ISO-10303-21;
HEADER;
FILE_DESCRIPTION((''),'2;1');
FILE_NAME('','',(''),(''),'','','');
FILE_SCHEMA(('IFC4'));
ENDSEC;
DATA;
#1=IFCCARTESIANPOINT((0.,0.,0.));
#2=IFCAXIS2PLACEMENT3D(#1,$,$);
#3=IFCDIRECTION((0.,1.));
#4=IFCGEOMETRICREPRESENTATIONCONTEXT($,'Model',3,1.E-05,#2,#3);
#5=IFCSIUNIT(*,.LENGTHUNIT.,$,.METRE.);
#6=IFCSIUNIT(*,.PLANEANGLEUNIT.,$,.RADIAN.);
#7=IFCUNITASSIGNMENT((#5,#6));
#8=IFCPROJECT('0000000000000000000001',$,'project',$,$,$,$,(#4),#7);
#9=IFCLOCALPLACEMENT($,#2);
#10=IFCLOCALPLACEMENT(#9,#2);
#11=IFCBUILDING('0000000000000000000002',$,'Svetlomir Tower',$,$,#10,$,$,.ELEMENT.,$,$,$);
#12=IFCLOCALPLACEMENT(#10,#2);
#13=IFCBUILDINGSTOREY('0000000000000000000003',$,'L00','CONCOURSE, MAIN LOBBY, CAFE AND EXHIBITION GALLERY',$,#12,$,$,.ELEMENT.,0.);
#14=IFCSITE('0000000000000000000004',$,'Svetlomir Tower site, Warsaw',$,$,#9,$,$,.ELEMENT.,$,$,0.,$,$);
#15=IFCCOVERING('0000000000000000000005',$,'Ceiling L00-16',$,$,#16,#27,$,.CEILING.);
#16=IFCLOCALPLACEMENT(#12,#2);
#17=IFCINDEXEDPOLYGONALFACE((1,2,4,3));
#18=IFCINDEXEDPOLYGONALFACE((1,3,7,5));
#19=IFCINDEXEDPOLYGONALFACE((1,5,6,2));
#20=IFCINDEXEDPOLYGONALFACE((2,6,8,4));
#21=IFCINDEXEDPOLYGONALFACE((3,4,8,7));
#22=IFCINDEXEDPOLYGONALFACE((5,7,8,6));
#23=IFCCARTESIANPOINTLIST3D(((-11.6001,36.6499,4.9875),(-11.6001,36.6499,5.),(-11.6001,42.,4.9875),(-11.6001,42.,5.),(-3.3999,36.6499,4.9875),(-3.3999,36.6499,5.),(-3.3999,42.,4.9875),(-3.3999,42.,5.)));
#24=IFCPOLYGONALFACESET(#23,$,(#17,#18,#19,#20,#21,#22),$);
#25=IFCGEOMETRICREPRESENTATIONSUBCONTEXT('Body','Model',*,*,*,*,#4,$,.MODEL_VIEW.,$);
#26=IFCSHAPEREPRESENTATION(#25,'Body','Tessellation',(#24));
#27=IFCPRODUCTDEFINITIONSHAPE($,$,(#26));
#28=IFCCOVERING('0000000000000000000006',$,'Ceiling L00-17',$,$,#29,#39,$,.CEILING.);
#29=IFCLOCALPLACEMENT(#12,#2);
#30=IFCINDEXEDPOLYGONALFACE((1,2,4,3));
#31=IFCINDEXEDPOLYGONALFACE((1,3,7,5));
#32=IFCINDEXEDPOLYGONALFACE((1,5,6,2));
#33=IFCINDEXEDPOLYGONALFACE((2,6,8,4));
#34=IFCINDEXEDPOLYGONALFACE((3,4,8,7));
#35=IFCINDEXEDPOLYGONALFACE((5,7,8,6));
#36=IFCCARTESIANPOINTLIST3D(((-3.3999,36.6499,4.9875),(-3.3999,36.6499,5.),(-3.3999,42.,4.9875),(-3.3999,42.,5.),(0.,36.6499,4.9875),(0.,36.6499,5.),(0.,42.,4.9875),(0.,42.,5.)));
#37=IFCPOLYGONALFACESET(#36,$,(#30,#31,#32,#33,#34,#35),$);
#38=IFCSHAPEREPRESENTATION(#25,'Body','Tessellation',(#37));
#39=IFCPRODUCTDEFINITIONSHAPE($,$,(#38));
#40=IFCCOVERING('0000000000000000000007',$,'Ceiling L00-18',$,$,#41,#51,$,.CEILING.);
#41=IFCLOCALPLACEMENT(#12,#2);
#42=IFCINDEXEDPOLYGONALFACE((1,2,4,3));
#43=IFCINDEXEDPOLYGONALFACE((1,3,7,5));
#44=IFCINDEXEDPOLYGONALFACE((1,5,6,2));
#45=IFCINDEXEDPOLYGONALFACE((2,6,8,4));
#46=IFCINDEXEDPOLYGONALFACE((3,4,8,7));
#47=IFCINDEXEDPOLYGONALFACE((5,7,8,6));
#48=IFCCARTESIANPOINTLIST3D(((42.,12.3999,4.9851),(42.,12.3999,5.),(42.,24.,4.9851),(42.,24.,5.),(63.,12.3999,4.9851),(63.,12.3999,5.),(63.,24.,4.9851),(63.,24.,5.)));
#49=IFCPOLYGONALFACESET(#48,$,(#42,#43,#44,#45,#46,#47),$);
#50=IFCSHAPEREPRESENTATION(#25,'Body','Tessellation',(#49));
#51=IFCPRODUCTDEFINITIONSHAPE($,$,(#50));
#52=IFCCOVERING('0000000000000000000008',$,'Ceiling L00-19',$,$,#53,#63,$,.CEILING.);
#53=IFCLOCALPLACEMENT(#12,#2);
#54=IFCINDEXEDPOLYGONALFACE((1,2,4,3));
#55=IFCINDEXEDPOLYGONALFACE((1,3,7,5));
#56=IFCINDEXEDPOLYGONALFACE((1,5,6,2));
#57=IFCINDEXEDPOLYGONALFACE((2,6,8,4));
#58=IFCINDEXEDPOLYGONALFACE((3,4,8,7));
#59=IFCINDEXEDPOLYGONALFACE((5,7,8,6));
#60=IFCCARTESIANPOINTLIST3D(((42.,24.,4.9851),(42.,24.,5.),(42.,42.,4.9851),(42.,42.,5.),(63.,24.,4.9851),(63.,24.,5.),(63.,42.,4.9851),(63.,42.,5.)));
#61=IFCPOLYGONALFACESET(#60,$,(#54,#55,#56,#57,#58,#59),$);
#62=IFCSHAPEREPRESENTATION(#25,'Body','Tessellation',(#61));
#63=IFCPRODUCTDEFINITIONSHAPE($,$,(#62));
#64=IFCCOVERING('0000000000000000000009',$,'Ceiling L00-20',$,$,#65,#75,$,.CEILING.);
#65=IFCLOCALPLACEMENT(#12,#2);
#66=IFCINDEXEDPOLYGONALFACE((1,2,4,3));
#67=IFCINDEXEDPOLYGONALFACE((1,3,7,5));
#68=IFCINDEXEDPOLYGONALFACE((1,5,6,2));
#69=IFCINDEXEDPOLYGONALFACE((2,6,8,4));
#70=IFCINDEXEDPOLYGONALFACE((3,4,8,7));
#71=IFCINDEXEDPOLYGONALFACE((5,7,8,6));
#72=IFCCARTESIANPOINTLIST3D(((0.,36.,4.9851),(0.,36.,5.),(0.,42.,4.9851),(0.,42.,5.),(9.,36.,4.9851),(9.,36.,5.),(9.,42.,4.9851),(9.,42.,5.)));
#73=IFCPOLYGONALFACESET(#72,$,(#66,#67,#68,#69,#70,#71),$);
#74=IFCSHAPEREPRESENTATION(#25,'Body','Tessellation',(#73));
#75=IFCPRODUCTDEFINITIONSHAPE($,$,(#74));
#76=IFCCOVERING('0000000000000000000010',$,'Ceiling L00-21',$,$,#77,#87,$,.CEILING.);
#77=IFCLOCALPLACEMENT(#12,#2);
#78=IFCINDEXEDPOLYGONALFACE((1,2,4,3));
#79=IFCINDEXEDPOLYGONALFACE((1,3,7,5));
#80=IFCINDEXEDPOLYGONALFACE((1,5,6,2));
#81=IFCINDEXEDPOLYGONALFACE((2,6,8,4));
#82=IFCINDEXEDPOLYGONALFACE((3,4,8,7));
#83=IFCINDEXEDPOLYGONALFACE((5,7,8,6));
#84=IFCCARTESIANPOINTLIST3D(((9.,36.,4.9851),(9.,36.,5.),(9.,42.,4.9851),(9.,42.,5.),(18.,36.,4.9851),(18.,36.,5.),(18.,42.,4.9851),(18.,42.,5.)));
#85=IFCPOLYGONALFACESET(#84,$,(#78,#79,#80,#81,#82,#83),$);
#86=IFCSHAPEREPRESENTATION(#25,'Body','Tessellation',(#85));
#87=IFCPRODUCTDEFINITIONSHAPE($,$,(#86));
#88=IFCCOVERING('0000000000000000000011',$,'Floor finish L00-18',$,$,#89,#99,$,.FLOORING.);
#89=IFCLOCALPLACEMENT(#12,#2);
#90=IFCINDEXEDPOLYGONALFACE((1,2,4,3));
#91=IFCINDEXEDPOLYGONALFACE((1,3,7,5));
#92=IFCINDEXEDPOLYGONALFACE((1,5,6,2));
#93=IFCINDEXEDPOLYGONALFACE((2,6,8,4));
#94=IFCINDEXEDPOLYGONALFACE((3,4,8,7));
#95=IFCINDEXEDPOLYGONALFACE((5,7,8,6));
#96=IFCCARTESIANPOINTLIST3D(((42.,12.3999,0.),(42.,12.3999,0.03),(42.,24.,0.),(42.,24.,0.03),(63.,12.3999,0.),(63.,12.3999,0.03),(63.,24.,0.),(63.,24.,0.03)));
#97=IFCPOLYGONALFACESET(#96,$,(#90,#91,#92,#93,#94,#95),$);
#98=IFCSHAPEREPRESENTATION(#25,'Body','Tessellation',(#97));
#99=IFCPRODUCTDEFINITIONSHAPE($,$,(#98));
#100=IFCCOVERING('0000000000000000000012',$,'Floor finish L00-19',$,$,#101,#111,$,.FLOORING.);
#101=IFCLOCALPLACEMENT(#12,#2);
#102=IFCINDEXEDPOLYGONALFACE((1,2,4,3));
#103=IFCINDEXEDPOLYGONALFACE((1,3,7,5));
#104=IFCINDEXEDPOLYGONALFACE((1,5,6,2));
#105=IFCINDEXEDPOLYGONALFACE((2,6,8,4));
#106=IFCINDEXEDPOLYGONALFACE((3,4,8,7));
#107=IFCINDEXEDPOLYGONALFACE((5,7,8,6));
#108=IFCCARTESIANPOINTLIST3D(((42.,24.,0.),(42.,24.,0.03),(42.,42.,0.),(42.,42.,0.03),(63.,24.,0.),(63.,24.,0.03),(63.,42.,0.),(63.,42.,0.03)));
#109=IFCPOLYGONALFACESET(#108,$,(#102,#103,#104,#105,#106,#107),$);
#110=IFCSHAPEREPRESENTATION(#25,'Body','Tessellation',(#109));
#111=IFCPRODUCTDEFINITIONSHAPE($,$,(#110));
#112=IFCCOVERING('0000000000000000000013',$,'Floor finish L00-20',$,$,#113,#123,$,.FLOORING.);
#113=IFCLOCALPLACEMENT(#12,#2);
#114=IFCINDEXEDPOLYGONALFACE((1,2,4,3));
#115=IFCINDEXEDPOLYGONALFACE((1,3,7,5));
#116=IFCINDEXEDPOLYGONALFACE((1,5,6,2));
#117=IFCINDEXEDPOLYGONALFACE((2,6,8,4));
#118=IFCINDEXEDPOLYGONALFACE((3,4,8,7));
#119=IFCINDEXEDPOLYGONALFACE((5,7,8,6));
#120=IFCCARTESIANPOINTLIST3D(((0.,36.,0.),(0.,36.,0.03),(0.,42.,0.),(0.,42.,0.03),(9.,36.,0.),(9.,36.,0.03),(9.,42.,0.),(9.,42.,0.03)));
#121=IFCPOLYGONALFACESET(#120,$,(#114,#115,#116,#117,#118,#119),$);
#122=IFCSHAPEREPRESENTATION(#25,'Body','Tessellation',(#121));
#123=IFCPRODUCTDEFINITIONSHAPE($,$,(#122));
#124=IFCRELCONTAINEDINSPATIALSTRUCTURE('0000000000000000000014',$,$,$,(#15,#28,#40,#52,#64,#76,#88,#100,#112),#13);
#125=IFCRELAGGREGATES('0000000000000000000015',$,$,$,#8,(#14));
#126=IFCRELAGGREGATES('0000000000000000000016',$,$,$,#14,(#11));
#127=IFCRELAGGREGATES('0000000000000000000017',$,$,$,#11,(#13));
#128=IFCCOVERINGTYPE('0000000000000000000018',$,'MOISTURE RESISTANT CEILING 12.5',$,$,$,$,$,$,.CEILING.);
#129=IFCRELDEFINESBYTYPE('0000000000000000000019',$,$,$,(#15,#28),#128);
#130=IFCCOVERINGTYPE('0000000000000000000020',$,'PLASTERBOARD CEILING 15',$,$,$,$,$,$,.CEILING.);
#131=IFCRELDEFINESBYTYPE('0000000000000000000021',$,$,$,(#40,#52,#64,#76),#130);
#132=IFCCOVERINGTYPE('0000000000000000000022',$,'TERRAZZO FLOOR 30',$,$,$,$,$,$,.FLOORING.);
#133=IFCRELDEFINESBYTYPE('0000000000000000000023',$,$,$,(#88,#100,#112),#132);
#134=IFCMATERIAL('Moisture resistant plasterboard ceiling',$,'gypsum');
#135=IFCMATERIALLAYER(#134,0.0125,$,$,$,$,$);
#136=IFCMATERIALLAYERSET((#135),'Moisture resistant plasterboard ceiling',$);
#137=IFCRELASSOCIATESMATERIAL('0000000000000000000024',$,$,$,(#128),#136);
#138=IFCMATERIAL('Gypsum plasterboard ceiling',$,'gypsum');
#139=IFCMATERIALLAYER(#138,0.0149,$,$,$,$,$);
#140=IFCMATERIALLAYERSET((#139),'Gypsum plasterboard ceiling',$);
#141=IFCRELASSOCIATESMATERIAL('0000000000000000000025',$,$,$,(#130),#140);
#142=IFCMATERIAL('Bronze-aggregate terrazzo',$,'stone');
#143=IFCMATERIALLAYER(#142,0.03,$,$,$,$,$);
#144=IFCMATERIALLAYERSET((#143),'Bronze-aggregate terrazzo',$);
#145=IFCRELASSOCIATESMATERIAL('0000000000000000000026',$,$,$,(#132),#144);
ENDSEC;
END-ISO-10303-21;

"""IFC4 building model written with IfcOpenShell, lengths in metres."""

from ifc_helpers import new_model, si_unit, direction, frame, origin, place, context, subcontext, project, spatial, polyline, outline, extrude, material, layer, layer_set, type_object, element, save


model = new_model("IFC4")

# Units and contexts
model_context = context("Model", 3, precision=1e-05, world=origin(), true_north=direction((0.0, 1.0)))
body_context = subcontext(model_context, "Body", "Model", "MODEL_VIEW")
ifc_project = project(units=[si_unit("LENGTHUNIT", "METRE"), si_unit("PLANEANGLEUNIT", "RADIAN")], contexts=[model_context])

# Site, building, storey
site_placement = place(None, origin())
site = spatial("IfcSite", under=ifc_project, at=site_placement, Name="Svetlomir Tower site, Warsaw", CompositionType="ELEMENT", RefElevation=0.0)
building_placement = place(site_placement, origin())
building = spatial("IfcBuilding", under=site, at=building_placement, Name="Svetlomir Tower", CompositionType="ELEMENT")
storey_placement = place(building_placement, origin())
storey = spatial("IfcBuildingStorey", under=building, at=storey_placement, Name="L00", Description="CONCOURSE, MAIN LOBBY, CAFE AND EXHIBITION GALLERY", CompositionType="ELEMENT", Elevation=0.0)

# Coverings
ifc_material_1 = material(Name="Moisture resistant plasterboard ceiling", Category="gypsum")
ifc_layer_1 = layer(ifc_material_1, 0.0125)
ifc_layer_set_1 = layer_set([ifc_layer_1], Name="Moisture resistant plasterboard ceiling")
covering_type_1 = type_object("IfcCoveringType", Name="MOISTURE RESISTANT CEILING 12.5", PredefinedType="CEILING", material=ifc_layer_set_1)
covering_1_placement = place(storey_placement, frame((0.0, 0.0, 4.9875)))
element("IfcCovering", 1, at=covering_1_placement, inside=storey, type_object=covering_type_1, Name="Ceiling L00-16", PredefinedType="CEILING", context=body_context, shape_type="SweptSolid", body=[
    extrude(outline(polyline([(-11.6001, 36.6499), (-3.3999, 36.6499), (-3.3999, 42.0), (-11.6001, 42.0), (-11.6001, 36.6499)])), origin(), (0.0, 0.0, 1.0), 0.0125),
])
covering_2_placement = place(storey_placement, frame((0.0, 0.0, 4.9875)))
element("IfcCovering", 2, at=covering_2_placement, inside=storey, type_object=covering_type_1, Name="Ceiling L00-17", PredefinedType="CEILING", context=body_context, shape_type="SweptSolid", body=[
    extrude(outline(polyline([(-3.3999, 36.6499), (0.0, 36.6499), (0.0, 42.0), (-3.3999, 42.0), (-3.3999, 36.6499)])), origin(), (0.0, 0.0, 1.0), 0.0125),
])
ifc_material_2 = material(Name="Gypsum plasterboard ceiling", Category="gypsum")
ifc_layer_2 = layer(ifc_material_2, 0.0149)
ifc_layer_set_2 = layer_set([ifc_layer_2], Name="Gypsum plasterboard ceiling")
covering_type_2 = type_object("IfcCoveringType", Name="PLASTERBOARD CEILING 15", PredefinedType="CEILING", material=ifc_layer_set_2)
covering_3_placement = place(storey_placement, frame((0.0, 0.0, 4.9851)))
element("IfcCovering", 3, at=covering_3_placement, inside=storey, type_object=covering_type_2, Name="Ceiling L00-18", PredefinedType="CEILING", context=body_context, shape_type="SweptSolid", body=[
    extrude(outline(polyline([(42.0, 12.3999), (63.0, 12.3999), (63.0, 24.0), (42.0, 24.0), (42.0, 12.3999)])), origin(), (0.0, 0.0, 1.0), 0.0149),
])
covering_4_placement = place(storey_placement, frame((0.0, 0.0, 4.9851)))
element("IfcCovering", 4, at=covering_4_placement, inside=storey, type_object=covering_type_2, Name="Ceiling L00-19", PredefinedType="CEILING", context=body_context, shape_type="SweptSolid", body=[
    extrude(outline(polyline([(42.0, 24.0), (63.0, 24.0), (63.0, 42.0), (42.0, 42.0), (42.0, 24.0)])), origin(), (0.0, 0.0, 1.0), 0.0149),
])
covering_5_placement = place(storey_placement, frame((0.0, 0.0, 4.9851)))
element("IfcCovering", 5, at=covering_5_placement, inside=storey, type_object=covering_type_2, Name="Ceiling L00-20", PredefinedType="CEILING", context=body_context, shape_type="SweptSolid", body=[
    extrude(outline(polyline([(0.0, 36.0), (9.0, 36.0), (9.0, 42.0), (0.0, 42.0), (0.0, 36.0)])), origin(), (0.0, 0.0, 1.0), 0.0149),
])
covering_6_placement = place(storey_placement, frame((0.0, 0.0, 4.9851)))
element("IfcCovering", 6, at=covering_6_placement, inside=storey, type_object=covering_type_2, Name="Ceiling L00-21", PredefinedType="CEILING", context=body_context, shape_type="SweptSolid", body=[
    extrude(outline(polyline([(9.0, 36.0), (18.0, 36.0), (18.0, 42.0), (9.0, 42.0), (9.0, 36.0)])), origin(), (0.0, 0.0, 1.0), 0.0149),
])
ifc_material_3 = material(Name="Bronze-aggregate terrazzo", Category="stone")
ifc_layer_3 = layer(ifc_material_3, 0.03)
ifc_layer_set_3 = layer_set([ifc_layer_3], Name="Bronze-aggregate terrazzo")
covering_type_3 = type_object("IfcCoveringType", Name="TERRAZZO FLOOR 30", PredefinedType="FLOORING", material=ifc_layer_set_3)
covering_7_placement = place(storey_placement, origin())
element("IfcCovering", 7, at=covering_7_placement, inside=storey, type_object=covering_type_3, Name="Floor finish L00-18", PredefinedType="FLOORING", context=body_context, shape_type="SweptSolid", body=[
    extrude(outline(polyline([(42.0, 12.3999), (63.0, 12.3999), (63.0, 24.0), (42.0, 24.0), (42.0, 12.3999)])), origin(), (0.0, 0.0, 1.0), 0.03),
])
covering_8_placement = place(storey_placement, origin())
element("IfcCovering", 8, at=covering_8_placement, inside=storey, type_object=covering_type_3, Name="Floor finish L00-19", PredefinedType="FLOORING", context=body_context, shape_type="SweptSolid", body=[
    extrude(outline(polyline([(42.0, 24.0), (63.0, 24.0), (63.0, 42.0), (42.0, 42.0), (42.0, 24.0)])), origin(), (0.0, 0.0, 1.0), 0.03),
])
covering_9_placement = place(storey_placement, origin())
element("IfcCovering", 9, at=covering_9_placement, inside=storey, type_object=covering_type_3, Name="Floor finish L00-20", PredefinedType="FLOORING", context=body_context, shape_type="SweptSolid", body=[
    extrude(outline(polyline([(0.0, 36.0), (9.0, 36.0), (9.0, 42.0), (0.0, 42.0), (0.0, 36.0)])), origin(), (0.0, 0.0, 1.0), 0.03),
])

save(model, "model.ifc")
